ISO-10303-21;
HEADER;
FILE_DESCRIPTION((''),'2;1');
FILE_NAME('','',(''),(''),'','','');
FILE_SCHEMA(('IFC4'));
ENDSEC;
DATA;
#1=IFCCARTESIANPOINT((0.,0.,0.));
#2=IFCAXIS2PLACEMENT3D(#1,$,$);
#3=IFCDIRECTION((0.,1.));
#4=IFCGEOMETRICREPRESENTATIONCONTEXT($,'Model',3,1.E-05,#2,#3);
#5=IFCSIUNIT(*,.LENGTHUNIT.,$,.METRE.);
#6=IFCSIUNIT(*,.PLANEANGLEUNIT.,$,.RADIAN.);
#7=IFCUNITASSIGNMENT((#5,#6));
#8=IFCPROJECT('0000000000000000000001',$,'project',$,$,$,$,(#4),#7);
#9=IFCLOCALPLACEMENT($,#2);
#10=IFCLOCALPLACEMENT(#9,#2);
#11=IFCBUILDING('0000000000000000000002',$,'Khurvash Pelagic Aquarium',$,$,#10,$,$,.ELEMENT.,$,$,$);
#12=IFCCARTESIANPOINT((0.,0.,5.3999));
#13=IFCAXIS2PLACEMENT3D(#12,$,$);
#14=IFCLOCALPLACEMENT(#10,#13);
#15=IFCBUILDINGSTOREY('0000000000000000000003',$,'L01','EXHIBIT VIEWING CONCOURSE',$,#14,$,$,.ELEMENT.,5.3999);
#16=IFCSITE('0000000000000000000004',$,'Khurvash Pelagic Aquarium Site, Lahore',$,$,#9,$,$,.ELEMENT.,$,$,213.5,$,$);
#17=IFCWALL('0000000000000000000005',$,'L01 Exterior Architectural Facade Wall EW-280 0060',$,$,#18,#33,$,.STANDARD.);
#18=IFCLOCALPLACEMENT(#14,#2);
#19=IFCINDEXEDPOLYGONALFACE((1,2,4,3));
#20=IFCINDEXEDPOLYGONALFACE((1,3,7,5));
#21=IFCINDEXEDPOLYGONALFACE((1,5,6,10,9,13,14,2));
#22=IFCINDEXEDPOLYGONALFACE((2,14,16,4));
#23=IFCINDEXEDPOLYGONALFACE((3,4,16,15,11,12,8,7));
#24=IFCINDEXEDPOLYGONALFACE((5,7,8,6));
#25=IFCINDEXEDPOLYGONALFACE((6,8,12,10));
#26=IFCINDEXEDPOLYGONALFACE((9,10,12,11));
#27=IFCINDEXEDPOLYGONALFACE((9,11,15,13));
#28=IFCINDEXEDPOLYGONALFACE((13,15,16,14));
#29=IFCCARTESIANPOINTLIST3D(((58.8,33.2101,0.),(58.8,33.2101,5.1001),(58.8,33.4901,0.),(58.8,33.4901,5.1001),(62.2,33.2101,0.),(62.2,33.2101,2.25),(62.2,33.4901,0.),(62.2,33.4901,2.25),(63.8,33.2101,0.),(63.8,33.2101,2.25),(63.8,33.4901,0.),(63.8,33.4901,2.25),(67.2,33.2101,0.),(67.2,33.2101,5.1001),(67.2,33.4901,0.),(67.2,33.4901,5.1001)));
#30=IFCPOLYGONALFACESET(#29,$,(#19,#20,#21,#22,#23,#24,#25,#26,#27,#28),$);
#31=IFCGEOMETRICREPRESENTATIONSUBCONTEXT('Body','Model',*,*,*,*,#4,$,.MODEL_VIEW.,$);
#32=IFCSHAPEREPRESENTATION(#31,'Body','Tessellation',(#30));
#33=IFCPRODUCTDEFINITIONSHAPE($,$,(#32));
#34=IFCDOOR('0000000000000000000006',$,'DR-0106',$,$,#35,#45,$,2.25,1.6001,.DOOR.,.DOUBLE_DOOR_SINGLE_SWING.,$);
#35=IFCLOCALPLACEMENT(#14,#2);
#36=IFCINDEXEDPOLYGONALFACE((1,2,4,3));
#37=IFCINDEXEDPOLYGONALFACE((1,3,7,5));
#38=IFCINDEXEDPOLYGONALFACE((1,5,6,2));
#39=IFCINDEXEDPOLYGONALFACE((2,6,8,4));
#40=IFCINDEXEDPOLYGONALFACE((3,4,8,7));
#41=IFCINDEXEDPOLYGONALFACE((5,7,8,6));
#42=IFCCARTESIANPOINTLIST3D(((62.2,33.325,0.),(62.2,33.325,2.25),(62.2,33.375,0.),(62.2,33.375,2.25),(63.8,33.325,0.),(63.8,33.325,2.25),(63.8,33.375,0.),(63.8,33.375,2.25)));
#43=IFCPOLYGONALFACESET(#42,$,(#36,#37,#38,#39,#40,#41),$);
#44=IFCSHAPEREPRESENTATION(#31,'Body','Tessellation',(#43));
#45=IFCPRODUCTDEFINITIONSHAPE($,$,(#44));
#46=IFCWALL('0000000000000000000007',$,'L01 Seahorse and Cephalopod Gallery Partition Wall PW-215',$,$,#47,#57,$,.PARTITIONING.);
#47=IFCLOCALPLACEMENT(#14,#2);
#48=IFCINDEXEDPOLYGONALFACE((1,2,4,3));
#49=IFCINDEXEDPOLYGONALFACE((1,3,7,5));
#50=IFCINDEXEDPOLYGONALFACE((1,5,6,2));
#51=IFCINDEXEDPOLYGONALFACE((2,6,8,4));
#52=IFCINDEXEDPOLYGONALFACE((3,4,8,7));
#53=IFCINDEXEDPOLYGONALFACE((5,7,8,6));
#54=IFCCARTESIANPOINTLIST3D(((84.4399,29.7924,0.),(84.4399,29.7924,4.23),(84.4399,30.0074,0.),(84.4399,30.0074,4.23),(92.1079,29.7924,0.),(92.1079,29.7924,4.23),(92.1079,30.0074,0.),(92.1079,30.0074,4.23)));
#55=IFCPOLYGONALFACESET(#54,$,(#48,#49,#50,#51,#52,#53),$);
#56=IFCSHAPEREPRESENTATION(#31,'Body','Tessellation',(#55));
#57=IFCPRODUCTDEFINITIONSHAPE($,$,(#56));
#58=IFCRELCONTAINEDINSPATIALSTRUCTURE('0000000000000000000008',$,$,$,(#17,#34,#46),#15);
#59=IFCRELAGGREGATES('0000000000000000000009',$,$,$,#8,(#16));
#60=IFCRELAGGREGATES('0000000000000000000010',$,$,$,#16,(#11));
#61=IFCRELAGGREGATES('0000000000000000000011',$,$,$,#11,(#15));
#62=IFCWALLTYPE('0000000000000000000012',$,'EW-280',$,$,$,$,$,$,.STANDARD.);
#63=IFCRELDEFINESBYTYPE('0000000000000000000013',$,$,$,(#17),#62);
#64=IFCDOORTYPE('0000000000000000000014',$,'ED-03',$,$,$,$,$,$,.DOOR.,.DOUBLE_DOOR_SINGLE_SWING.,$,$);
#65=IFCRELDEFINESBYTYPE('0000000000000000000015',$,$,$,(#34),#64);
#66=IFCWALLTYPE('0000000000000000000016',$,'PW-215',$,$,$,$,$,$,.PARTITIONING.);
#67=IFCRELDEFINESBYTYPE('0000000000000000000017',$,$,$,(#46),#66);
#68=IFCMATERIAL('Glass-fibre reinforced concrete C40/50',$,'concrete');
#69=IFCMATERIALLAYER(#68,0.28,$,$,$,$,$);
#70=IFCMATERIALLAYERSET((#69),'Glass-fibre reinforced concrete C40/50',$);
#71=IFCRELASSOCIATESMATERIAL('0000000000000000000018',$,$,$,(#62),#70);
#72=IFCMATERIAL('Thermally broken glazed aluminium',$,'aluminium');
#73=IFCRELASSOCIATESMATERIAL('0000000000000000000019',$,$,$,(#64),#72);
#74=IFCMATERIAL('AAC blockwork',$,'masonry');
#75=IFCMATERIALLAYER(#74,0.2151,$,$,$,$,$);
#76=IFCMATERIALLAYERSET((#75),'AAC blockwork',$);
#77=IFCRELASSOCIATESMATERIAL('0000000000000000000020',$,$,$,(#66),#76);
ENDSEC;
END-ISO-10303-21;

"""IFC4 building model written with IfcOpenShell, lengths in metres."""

from ifc_helpers import new_model, si_unit, direction, frame, frame_2d, origin, place, context, subcontext, project, spatial, rectangle, extrude, material, layer, layer_set, type_object, element, fill, save


model = new_model("IFC4")

# Units and contexts
model_context = context("Model", 3, precision=1e-05, world=origin(), true_north=direction((0.0, 1.0)))
body_context = subcontext(model_context, "Body", "Model", "MODEL_VIEW")
ifc_project = project(units=[si_unit("LENGTHUNIT", "METRE"), si_unit("PLANEANGLEUNIT", "RADIAN")], contexts=[model_context])

# Site, building, storey
site_placement = place(None, origin())
site = spatial("IfcSite", under=ifc_project, at=site_placement, Name="Khurvash Pelagic Aquarium Site, Lahore", CompositionType="ELEMENT", RefElevation=213.5)
building_placement = place(site_placement, origin())
building = spatial("IfcBuilding", under=site, at=building_placement, Name="Khurvash Pelagic Aquarium", CompositionType="ELEMENT")
storey_placement = place(building_placement, frame((0.0, 0.0, 5.3999)))
storey = spatial("IfcBuildingStorey", under=building, at=storey_placement, Name="L01", Description="EXHIBIT VIEWING CONCOURSE", CompositionType="ELEMENT", Elevation=5.3999)

# Wall, opening, door
ifc_material_1 = material(Name="Glass-fibre reinforced concrete C40/50", Category="concrete")
ifc_layer_1 = layer(ifc_material_1, 0.28)
ifc_layer_set_1 = layer_set([ifc_layer_1], Name="Glass-fibre reinforced concrete C40/50")
wall_type_1 = type_object("IfcWallType", Name="EW-280", PredefinedType="STANDARD", material=ifc_layer_set_1)
ifc_material_2 = material(Name="Thermally broken glazed aluminium", Category="aluminium")
door_type = type_object("IfcDoorType", Name="ED-03", OperationType="DOUBLE_DOOR_SINGLE_SWING", PredefinedType="DOOR", material=ifc_material_2)
wall_1_placement = place(storey_placement, frame((67.2, 33.3501, 0.0), z_axis=(0.0, 0.0, 1.0), x_axis=(-1.0, 0.0, 0.0)))
wall_1 = element("IfcWall", 1, at=wall_1_placement, inside=storey, type_object=wall_type_1, Name="L01 Exterior Architectural Facade Wall EW-280 0060", PredefinedType="STANDARD", context=body_context, shape_type="SweptSolid", body=[
    extrude(rectangle(XDim=8.3999, YDim=0.28, at=frame_2d((4.2, 0.0))), origin(), (0.0, 0.0, 1.0), 5.1001),
])
opening_1_placement = place(wall_1_placement, frame((3.3999, 0.0, 0.0)))
opening_1 = element("IfcOpeningElement", 2, at=opening_1_placement, cuts=wall_1, PredefinedType="OPENING", context=body_context, shape_type="SweptSolid", body=[
    extrude(rectangle(XDim=1.6001, YDim=2.25, at=frame_2d((0.8, 1.125))), frame((0.0, 0.1499, 0.0), z_axis=(0.0, -1.0, 0.0), x_axis=(1.0, 0.0, 0.0)), (0.0, 0.0, 1.0), 0.3),
])
door_1_placement = place(opening_1_placement, frame((1.6001, 0.0, 0.0), z_axis=(0.0, 0.0, 1.0), x_axis=(-1.0, 0.0, 0.0)))
door_1 = element("IfcDoor", 3, at=door_1_placement, inside=storey, type_object=door_type, Name="DR-0106", OperationType="DOUBLE_DOOR_SINGLE_SWING", OverallHeight=2.25, OverallWidth=1.6001, PredefinedType="DOOR", context=body_context, shape_type="SweptSolid", body=[
    extrude(rectangle(XDim=1.6001, YDim=2.25, at=frame_2d((0.8, 1.125))), frame((0.0, 0.0249, 0.0), z_axis=(0.0, -1.0, 0.0), x_axis=(1.0, 0.0, 0.0)), (0.0, 0.0, 1.0), 0.05),
])
fill(opening_1, door_1)

# Wall
ifc_material_3 = material(Name="AAC blockwork", Category="masonry")
ifc_layer_2 = layer(ifc_material_3, 0.2151)
ifc_layer_set_2 = layer_set([ifc_layer_2], Name="AAC blockwork")
wall_type_2 = type_object("IfcWallType", Name="PW-215", PredefinedType="PARTITIONING", material=ifc_layer_set_2)
wall_2_placement = place(storey_placement, frame((84.4399, 29.8999, 0.0), z_axis=(0.0, 0.0, 1.0), x_axis=(1.0, 0.0, 0.0)))
element("IfcWall", 4, at=wall_2_placement, inside=storey, type_object=wall_type_2, Name="L01 Seahorse and Cephalopod Gallery Partition Wall PW-215", PredefinedType="PARTITIONING", context=body_context, shape_type="SweptSolid", body=[
    extrude(rectangle(XDim=7.668, YDim=0.2151, at=frame_2d((3.834, 0.0))), origin(), (0.0, 0.0, 1.0), 4.23),
])

save(model, "model.ifc")
